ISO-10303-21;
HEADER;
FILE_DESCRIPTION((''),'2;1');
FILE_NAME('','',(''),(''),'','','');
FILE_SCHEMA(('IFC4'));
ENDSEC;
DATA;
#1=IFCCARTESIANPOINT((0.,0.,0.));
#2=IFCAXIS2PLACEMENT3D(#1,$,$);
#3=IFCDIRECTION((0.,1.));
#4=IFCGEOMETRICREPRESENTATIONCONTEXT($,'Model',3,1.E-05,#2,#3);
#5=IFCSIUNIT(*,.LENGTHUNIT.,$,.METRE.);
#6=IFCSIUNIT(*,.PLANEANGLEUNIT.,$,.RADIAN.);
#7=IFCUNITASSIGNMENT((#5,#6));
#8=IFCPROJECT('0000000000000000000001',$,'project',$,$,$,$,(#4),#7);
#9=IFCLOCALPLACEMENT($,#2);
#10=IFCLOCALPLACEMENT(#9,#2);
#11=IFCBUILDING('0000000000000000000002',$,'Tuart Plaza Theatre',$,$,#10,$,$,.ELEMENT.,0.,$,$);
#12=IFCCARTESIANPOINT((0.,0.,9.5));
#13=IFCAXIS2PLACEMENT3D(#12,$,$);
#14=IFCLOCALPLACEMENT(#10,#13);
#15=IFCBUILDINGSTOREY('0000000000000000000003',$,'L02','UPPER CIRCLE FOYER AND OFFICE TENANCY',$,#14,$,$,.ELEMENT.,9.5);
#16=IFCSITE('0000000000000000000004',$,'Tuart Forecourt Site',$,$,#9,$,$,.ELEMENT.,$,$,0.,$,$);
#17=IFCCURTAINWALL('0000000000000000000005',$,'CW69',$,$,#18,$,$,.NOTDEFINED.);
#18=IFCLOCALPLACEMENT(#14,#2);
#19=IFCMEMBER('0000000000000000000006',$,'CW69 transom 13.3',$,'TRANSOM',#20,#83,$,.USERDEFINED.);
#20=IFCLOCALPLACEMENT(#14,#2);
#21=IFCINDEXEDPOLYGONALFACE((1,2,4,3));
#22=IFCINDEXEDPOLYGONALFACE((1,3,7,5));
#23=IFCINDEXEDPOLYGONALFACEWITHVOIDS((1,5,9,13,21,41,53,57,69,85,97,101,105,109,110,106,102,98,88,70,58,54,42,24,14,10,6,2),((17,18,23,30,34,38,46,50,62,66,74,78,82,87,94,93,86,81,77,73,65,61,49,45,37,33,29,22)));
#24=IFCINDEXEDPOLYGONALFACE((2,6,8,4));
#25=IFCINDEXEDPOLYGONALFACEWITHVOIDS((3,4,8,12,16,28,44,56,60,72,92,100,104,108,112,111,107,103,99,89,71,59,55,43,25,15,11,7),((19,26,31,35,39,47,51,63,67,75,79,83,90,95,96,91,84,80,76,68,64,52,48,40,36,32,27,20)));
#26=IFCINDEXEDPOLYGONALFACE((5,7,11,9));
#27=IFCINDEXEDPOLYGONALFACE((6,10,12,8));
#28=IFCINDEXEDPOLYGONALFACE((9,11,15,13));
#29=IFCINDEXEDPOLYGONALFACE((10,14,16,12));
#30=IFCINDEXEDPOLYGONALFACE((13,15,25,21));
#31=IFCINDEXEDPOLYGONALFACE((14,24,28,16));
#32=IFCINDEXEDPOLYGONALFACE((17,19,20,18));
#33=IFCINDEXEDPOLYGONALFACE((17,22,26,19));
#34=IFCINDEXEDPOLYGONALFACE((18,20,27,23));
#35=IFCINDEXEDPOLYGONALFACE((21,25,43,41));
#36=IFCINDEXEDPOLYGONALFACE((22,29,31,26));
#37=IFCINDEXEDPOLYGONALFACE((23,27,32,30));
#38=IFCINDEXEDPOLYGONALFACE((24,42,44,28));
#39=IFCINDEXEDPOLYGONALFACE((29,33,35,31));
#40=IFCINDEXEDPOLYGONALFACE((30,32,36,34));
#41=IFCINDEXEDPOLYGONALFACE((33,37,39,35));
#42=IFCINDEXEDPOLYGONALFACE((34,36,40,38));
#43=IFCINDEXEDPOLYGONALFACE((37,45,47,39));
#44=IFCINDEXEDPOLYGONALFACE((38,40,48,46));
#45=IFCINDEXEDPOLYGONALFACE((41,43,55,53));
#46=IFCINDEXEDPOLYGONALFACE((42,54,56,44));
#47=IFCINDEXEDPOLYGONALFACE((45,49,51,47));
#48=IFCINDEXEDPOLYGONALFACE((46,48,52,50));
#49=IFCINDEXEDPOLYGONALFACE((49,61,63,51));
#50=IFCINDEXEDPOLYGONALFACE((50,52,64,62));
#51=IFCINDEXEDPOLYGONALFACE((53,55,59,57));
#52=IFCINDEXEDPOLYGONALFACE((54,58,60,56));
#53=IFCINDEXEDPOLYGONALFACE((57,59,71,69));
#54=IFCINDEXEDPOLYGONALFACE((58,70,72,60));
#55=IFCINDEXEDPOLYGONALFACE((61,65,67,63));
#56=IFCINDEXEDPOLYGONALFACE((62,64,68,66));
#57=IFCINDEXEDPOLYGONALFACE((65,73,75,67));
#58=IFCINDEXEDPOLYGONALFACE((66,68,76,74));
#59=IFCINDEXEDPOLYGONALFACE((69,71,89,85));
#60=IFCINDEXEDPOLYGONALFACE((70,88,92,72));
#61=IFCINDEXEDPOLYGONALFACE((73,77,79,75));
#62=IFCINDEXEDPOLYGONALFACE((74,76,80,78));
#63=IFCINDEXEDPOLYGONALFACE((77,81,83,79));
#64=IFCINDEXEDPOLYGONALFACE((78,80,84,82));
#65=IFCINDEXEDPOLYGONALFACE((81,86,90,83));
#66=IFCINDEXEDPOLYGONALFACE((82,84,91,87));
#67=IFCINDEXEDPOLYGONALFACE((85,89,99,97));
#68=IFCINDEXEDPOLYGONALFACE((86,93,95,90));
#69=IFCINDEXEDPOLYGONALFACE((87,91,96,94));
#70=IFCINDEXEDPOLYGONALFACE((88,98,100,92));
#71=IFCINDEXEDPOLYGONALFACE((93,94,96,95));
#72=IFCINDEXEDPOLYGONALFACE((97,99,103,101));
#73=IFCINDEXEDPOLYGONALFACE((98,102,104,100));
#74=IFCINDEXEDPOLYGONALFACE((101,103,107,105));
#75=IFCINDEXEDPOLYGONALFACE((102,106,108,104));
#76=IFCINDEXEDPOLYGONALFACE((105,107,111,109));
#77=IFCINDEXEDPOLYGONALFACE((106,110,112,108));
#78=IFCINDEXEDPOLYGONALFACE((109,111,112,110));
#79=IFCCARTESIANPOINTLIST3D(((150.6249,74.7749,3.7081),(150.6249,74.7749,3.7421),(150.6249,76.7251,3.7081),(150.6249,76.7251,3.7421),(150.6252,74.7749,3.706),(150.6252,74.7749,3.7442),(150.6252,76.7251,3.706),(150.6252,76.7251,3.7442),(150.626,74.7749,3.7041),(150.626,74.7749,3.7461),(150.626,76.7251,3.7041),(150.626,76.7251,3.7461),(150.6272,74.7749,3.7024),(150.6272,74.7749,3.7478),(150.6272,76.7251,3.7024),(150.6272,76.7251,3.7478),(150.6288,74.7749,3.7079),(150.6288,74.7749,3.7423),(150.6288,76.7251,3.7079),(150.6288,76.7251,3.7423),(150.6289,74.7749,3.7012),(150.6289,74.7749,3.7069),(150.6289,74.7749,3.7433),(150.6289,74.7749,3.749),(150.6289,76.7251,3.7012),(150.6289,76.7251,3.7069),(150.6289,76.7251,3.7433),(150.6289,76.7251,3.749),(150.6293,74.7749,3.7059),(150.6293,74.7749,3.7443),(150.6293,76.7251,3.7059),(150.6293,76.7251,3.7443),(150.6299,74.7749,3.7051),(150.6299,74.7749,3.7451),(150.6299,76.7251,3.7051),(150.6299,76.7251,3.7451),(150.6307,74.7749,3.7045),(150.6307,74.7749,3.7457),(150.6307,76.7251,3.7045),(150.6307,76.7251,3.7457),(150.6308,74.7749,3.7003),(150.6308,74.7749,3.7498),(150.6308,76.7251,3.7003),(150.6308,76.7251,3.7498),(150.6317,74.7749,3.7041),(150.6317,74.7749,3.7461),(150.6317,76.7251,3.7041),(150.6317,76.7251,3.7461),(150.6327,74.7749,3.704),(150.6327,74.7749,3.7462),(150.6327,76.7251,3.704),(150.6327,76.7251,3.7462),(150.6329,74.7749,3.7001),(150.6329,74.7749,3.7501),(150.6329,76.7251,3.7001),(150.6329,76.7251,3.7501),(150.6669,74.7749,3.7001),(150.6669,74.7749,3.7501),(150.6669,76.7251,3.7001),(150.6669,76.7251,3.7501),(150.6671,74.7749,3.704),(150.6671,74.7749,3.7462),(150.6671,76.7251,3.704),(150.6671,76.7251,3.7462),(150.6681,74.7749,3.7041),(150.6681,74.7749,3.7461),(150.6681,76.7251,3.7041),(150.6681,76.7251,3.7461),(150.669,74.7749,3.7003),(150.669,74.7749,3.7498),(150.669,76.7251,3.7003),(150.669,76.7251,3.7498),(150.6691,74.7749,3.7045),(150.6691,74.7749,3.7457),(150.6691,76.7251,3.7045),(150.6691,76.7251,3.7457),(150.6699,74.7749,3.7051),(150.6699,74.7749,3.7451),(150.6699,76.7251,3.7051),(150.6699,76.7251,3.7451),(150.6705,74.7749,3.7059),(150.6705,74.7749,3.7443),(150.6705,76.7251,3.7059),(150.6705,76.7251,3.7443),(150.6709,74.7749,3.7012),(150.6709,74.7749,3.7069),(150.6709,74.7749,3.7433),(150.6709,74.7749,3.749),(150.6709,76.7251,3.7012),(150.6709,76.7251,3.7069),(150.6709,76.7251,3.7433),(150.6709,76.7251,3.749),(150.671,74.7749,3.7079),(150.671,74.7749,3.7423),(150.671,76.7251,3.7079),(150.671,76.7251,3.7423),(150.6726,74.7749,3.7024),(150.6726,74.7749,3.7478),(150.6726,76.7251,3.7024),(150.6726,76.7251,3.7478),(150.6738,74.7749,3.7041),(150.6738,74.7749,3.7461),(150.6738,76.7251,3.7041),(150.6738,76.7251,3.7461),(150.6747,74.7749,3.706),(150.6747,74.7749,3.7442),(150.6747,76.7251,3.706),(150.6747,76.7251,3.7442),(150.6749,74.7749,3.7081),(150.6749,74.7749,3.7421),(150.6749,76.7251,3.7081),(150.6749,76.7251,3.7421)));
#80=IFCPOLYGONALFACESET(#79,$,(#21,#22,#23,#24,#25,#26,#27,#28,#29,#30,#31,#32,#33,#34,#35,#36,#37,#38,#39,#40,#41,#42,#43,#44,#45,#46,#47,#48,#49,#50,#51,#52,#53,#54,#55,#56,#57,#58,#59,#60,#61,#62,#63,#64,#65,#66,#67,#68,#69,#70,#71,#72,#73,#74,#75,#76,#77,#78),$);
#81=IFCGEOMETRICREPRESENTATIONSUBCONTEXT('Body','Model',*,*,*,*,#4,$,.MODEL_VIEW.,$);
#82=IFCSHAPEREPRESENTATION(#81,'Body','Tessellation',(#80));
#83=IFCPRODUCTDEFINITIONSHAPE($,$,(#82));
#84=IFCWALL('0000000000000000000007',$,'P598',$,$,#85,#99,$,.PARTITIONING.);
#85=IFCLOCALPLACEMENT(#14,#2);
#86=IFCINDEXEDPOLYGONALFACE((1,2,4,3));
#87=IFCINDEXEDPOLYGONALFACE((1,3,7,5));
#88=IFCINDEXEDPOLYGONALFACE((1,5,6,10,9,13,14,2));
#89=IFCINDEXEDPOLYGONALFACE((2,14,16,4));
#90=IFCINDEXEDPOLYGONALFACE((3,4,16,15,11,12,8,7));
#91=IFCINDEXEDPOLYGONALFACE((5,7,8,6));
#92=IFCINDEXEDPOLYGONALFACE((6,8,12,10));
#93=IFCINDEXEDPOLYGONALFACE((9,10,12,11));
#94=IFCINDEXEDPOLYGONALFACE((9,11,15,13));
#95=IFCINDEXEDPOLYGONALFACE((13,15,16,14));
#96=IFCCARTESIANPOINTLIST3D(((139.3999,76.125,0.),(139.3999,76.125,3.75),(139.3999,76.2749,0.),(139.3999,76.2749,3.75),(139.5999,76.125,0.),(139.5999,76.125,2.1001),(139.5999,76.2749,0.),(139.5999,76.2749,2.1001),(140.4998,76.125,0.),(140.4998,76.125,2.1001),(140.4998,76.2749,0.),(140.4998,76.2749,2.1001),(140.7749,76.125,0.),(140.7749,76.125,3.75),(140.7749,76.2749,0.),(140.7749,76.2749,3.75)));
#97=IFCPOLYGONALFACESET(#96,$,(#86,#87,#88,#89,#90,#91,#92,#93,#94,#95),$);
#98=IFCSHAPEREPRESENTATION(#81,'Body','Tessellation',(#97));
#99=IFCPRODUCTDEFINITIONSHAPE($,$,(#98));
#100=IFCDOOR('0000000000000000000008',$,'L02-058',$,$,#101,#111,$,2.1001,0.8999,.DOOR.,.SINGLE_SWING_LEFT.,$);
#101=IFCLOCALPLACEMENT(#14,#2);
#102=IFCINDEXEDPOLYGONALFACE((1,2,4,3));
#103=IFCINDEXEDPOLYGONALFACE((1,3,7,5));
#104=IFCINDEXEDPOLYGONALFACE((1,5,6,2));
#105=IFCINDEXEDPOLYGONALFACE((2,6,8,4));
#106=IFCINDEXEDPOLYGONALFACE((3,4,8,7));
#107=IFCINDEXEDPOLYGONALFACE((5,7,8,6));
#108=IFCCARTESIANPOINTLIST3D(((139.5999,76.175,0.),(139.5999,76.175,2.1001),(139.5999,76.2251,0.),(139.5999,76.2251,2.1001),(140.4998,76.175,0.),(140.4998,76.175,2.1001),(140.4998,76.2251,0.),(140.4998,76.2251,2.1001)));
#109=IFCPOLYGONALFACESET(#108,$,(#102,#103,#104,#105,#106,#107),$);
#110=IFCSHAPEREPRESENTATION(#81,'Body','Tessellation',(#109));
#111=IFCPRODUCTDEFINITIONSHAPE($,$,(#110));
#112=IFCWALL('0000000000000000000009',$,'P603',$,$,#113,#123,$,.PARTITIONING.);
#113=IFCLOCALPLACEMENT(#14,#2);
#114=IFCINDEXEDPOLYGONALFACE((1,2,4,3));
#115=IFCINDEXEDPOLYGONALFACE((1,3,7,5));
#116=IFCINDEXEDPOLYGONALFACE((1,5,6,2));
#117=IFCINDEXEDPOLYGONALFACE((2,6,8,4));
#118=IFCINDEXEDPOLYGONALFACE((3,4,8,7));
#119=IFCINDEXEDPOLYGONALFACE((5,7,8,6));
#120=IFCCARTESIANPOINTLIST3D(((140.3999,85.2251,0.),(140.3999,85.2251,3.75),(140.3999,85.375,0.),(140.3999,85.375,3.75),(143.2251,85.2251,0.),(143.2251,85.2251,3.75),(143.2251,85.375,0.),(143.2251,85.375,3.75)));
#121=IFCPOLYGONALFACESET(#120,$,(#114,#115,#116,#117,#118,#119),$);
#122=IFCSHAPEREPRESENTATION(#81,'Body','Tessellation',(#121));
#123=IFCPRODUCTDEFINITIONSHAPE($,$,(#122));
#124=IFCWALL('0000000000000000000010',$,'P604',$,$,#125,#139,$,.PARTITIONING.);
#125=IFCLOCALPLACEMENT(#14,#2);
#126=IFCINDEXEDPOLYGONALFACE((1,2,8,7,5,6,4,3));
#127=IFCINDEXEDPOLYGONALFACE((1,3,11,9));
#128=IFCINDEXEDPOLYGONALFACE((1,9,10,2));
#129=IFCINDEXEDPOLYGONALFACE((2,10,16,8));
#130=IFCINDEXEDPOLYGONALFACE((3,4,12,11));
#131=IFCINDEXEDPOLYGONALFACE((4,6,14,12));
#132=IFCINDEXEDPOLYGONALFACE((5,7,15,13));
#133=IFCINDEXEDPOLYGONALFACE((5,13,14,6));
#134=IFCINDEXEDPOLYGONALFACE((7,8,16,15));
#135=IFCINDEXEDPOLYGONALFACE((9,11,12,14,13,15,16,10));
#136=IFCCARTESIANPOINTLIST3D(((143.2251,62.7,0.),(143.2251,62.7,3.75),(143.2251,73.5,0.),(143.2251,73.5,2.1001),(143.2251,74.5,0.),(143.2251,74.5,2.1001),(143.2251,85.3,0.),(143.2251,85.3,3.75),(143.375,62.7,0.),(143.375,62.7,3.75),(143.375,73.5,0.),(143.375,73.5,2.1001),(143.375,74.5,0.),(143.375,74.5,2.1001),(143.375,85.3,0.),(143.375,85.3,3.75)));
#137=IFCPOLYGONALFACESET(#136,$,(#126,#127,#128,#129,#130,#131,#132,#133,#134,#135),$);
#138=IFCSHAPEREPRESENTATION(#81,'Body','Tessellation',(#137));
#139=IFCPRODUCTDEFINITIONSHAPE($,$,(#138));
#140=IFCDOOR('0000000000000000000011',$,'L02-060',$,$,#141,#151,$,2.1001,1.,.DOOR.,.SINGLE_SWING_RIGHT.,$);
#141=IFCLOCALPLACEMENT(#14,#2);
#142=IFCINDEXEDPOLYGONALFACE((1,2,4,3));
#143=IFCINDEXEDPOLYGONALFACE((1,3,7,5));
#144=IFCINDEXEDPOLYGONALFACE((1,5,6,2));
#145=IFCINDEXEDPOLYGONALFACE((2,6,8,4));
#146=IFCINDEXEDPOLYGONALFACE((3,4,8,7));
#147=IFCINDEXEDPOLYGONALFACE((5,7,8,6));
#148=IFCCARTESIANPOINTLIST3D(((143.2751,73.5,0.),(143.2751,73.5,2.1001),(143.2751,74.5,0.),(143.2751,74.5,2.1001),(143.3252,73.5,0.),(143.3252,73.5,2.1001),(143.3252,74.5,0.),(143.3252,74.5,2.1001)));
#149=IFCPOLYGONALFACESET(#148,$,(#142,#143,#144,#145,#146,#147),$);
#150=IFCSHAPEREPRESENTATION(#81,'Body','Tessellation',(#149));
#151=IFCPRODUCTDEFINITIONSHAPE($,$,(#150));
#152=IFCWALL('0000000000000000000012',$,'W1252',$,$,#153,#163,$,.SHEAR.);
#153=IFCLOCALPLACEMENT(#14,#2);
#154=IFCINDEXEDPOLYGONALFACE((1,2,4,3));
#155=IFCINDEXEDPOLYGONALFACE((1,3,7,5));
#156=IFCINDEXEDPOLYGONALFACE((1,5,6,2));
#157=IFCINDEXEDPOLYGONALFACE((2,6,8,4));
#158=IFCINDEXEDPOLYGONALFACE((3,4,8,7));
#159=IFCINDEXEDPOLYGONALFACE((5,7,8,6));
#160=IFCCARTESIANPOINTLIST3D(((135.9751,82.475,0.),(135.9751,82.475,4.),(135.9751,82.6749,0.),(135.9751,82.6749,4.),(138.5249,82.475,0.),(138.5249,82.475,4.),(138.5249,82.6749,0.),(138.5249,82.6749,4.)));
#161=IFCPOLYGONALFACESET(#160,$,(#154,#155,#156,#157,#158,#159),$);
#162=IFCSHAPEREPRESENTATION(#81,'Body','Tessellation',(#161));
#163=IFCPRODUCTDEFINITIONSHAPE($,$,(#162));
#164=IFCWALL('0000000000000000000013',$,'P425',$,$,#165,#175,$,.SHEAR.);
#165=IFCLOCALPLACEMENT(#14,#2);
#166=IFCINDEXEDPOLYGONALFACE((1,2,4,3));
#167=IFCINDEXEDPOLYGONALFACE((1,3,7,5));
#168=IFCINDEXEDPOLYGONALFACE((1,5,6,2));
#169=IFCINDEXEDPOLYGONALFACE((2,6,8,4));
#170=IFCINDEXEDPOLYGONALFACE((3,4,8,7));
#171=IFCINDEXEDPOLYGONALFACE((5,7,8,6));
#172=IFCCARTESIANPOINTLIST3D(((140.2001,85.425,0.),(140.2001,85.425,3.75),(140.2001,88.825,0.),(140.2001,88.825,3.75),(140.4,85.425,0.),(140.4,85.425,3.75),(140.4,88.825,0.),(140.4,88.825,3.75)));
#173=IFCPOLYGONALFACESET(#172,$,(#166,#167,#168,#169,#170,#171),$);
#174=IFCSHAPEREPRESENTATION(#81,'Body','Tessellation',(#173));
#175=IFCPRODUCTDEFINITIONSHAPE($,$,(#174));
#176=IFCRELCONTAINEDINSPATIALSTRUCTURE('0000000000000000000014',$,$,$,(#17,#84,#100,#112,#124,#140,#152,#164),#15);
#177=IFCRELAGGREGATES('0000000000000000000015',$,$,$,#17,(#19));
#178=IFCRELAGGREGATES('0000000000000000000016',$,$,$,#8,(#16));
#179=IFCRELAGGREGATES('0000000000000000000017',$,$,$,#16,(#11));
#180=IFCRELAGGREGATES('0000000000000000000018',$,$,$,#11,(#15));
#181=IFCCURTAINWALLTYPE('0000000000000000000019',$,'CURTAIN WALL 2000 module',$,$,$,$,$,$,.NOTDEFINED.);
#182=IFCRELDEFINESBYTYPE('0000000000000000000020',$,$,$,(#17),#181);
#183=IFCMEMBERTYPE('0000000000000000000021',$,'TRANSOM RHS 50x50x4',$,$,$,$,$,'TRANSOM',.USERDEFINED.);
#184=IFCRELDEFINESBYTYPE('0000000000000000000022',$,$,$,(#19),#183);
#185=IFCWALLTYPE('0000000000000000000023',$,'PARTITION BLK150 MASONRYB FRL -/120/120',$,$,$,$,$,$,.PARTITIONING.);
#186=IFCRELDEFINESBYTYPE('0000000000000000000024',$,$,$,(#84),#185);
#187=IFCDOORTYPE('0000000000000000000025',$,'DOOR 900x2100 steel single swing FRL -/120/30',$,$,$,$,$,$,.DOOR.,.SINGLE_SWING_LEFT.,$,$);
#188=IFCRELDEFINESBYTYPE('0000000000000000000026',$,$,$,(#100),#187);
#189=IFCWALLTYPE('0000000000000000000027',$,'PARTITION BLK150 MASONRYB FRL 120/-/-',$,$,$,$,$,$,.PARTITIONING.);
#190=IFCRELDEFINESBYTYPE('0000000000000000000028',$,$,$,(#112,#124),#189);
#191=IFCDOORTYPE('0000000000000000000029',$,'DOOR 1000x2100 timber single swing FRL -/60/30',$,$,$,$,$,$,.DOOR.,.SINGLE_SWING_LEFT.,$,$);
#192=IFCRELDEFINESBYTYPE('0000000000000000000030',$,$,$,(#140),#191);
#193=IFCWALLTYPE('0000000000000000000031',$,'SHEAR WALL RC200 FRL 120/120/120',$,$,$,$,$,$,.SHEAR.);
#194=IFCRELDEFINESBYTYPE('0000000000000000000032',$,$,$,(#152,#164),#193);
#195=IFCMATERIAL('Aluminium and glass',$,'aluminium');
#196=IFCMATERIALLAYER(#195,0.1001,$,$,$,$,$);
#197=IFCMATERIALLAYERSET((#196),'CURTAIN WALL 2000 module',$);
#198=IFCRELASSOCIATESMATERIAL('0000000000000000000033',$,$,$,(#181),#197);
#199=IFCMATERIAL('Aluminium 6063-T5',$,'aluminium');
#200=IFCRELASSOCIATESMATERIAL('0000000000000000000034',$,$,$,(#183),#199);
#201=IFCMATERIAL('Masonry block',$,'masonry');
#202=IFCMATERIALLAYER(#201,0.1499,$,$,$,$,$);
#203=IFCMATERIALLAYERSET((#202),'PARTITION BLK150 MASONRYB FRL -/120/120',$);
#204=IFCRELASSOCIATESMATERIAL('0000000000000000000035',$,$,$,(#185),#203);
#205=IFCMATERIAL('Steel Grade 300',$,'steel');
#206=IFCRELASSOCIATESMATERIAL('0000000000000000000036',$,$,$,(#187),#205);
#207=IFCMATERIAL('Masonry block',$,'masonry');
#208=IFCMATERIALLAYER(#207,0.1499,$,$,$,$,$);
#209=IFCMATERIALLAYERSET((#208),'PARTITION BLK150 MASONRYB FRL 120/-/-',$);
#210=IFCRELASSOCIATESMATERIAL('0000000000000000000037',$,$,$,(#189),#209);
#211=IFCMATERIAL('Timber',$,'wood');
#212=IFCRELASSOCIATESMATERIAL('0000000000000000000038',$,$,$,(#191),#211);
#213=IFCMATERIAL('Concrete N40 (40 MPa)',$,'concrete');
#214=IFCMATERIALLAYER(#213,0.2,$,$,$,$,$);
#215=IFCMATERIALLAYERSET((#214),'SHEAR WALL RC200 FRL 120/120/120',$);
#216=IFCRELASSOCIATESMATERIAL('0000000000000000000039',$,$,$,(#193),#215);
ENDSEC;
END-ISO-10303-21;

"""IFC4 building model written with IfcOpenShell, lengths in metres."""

from ifc_helpers import new_model, si_unit, direction, frame, frame_2d, origin, origin_2d, place, context, subcontext, project, spatial, rectangle, hollow_rectangle, extrude, material, layer, layer_set, material_profile, profile_set, type_object, element, fill, aggregate, save


model = new_model("IFC4")

# Units and contexts
model_context = context("Model", 3, precision=1e-05, world=origin(), true_north=direction((0.0, 1.0)))
body_context = subcontext(model_context, "Body", "Model", "MODEL_VIEW")
ifc_project = project(units=[si_unit("LENGTHUNIT", "METRE"), si_unit("PLANEANGLEUNIT", "RADIAN")], contexts=[model_context])

# Site, building, storey
site_placement = place(None, origin())
site = spatial("IfcSite", under=ifc_project, at=site_placement, Name="Tuart Forecourt Site", CompositionType="ELEMENT", RefElevation=0.0)
building_placement = place(site_placement, origin())
building = spatial("IfcBuilding", under=site, at=building_placement, Name="Tuart Plaza Theatre", CompositionType="ELEMENT", ElevationOfRefHeight=0.0)
storey_placement = place(building_placement, frame((0.0, 0.0, 9.5)))
storey = spatial("IfcBuildingStorey", under=building, at=storey_placement, Name="L02", Description="UPPER CIRCLE FOYER AND OFFICE TENANCY", CompositionType="ELEMENT", Elevation=9.5)

# Curtain wall, member
ifc_material_1 = material(Name="Aluminium and glass", Category="aluminium")
ifc_layer_1 = layer(ifc_material_1, 0.1001)
ifc_layer_set_1 = layer_set([ifc_layer_1], Name="CURTAIN WALL 2000 module")
curtain_wall_type = type_object("IfcCurtainWallType", Name="CURTAIN WALL 2000 module", PredefinedType="NOTDEFINED", material=ifc_layer_set_1)
curtain_wall_placement = place(storey_placement, origin())
curtain_wall = element("IfcCurtainWall", 1, at=curtain_wall_placement, inside=storey, type_object=curtain_wall_type, Name="CW69", PredefinedType="NOTDEFINED")
ifc_material_2 = material(Name="Aluminium 6063-T5", Category="aluminium")
ifc_material_profile_1 = material_profile(ifc_material_2, hollow_rectangle(XDim=0.05, YDim=0.05, WallThickness=0.0039, InnerFilletRadius=0.0039, OuterFilletRadius=0.0081, at=origin_2d()), Name="RHS 50x50x4")
ifc_profile_set_1 = profile_set([ifc_material_profile_1], Name="Aluminium 6063-T5")
member_type_1 = type_object("IfcMemberType", Name="TRANSOM RHS 50x50x4", ElementType="TRANSOM", PredefinedType="USERDEFINED", material=ifc_profile_set_1)
member_1_placement = place(storey_placement, frame((150.6499, 74.7749, 3.7251), z_axis=(0.0, 1.0, 0.0), x_axis=(-1.0, 0.0, 0.0)))
member_1 = element("IfcMember", 2, at=member_1_placement, type_object=member_type_1, Name="CW69 transom 13.3", ObjectType="TRANSOM", PredefinedType="USERDEFINED", context=body_context, shape_type="SweptSolid", body=[
    extrude(hollow_rectangle(XDim=0.05, YDim=0.05, WallThickness=0.0039, InnerFilletRadius=0.0039, OuterFilletRadius=0.0081, at=origin_2d()), origin(), (0.0, 0.0, 1.0), 1.9502),
])
aggregate(curtain_wall, [member_1])

# Wall, opening, door
ifc_material_3 = material(Name="Masonry block", Category="masonry")
ifc_layer_2 = layer(ifc_material_3, 0.1499)
ifc_layer_set_2 = layer_set([ifc_layer_2], Name="PARTITION BLK150 MASONRYB FRL -/120/120")
wall_type_1 = type_object("IfcWallType", Name="PARTITION BLK150 MASONRYB FRL -/120/120", PredefinedType="PARTITIONING", material=ifc_layer_set_2)
wall_1_placement = place(storey_placement, frame((139.3999, 76.2, 0.0), z_axis=(0.0, 0.0, 1.0), x_axis=(1.0, 0.0, 0.0)))
wall_1 = element("IfcWall", 3, at=wall_1_placement, inside=storey, type_object=wall_type_1, Name="P598", PredefinedType="PARTITIONING", context=body_context, shape_type="SweptSolid", body=[
    extrude(rectangle(XDim=1.375, YDim=0.1499, at=frame_2d((0.6875, 0.0))), origin(), (0.0, 0.0, 1.0), 3.75),
])
opening_1_placement = place(wall_1_placement, frame((0.2, 0.0, 0.0)))
opening_1 = element("IfcOpeningElement", 4, at=opening_1_placement, cuts=wall_1, PredefinedType="OPENING", context=body_context, shape_type="SweptSolid", body=[
    extrude(rectangle(XDim=0.8999, YDim=2.1001, at=frame_2d((0.45, 1.05))), frame((0.0, 0.085, 0.0), z_axis=(0.0, -1.0, 0.0), x_axis=(1.0, 0.0, 0.0)), (0.0, 0.0, 1.0), 0.1699),
])
ifc_material_4 = material(Name="Steel Grade 300", Category="steel")
door_type_1 = type_object("IfcDoorType", Name="DOOR 900x2100 steel single swing FRL -/120/30", OperationType="SINGLE_SWING_LEFT", PredefinedType="DOOR", material=ifc_material_4)
door_1_placement = place(opening_1_placement, frame((0.8999, 0.0, 0.0), z_axis=(0.0, 0.0, 1.0), x_axis=(-1.0, 0.0, 0.0)))
door_1 = element("IfcDoor", 5, at=door_1_placement, inside=storey, type_object=door_type_1, Name="L02-058", OperationType="SINGLE_SWING_LEFT", OverallHeight=2.1001, OverallWidth=0.8999, PredefinedType="DOOR", context=body_context, shape_type="SweptSolid", body=[
    extrude(rectangle(XDim=0.8999, YDim=2.1001, at=frame_2d((0.45, 1.05))), frame((0.0, 0.0249, 0.0), z_axis=(0.0, -1.0, 0.0), x_axis=(1.0, 0.0, 0.0)), (0.0, 0.0, 1.0), 0.05),
])
fill(opening_1, door_1)

# Wall
ifc_material_5 = material(Name="Masonry block", Category="masonry")
ifc_layer_3 = layer(ifc_material_5, 0.1499)
ifc_layer_set_3 = layer_set([ifc_layer_3], Name="PARTITION BLK150 MASONRYB FRL 120/-/-")
wall_type_2 = type_object("IfcWallType", Name="PARTITION BLK150 MASONRYB FRL 120/-/-", PredefinedType="PARTITIONING", material=ifc_layer_set_3)
wall_2_placement = place(storey_placement, frame((140.3999, 85.3, 0.0), z_axis=(0.0, 0.0, 1.0), x_axis=(1.0, 0.0, 0.0)))
element("IfcWall", 6, at=wall_2_placement, inside=storey, type_object=wall_type_2, Name="P603", PredefinedType="PARTITIONING", context=body_context, shape_type="SweptSolid", body=[
    extrude(rectangle(XDim=2.8252, YDim=0.1499, at=frame_2d((1.4126, 0.0))), origin(), (0.0, 0.0, 1.0), 3.75),
])

# Wall, opening, door
wall_3_placement = place(storey_placement, frame((143.3, 85.3, 0.0), z_axis=(0.0, 0.0, 1.0), x_axis=(0.0, -1.0, 0.0)))
wall_3 = element("IfcWall", 7, at=wall_3_placement, inside=storey, type_object=wall_type_2, Name="P604", PredefinedType="PARTITIONING", context=body_context, shape_type="SweptSolid", body=[
    extrude(rectangle(XDim=22.6001, YDim=0.1499, at=frame_2d((11.3, 0.0))), origin(), (0.0, 0.0, 1.0), 3.75),
])
opening_2_placement = place(wall_3_placement, frame((10.8, 0.0, 0.0)))
opening_2 = element("IfcOpeningElement", 8, at=opening_2_placement, cuts=wall_3, PredefinedType="OPENING", context=body_context, shape_type="SweptSolid", body=[
    extrude(rectangle(XDim=1.0, YDim=2.1001, at=frame_2d((0.5, 1.05))), frame((0.0, 0.085, 0.0), z_axis=(0.0, -1.0, 0.0), x_axis=(1.0, 0.0, 0.0)), (0.0, 0.0, 1.0), 0.1699),
])
ifc_material_6 = material(Name="Timber", Category="wood")
door_type_2 = type_object("IfcDoorType", Name="DOOR 1000x2100 timber single swing FRL -/60/30", OperationType="SINGLE_SWING_LEFT", PredefinedType="DOOR", material=ifc_material_6)
door_2_placement = place(opening_2_placement, frame((1.0, 0.0, 0.0), z_axis=(0.0, 0.0, 1.0), x_axis=(-1.0, 0.0, 0.0)))
door_2 = element("IfcDoor", 9, at=door_2_placement, inside=storey, type_object=door_type_2, Name="L02-060", OperationType="SINGLE_SWING_RIGHT", OverallHeight=2.1001, OverallWidth=1.0, PredefinedType="DOOR", context=body_context, shape_type="SweptSolid", body=[
    extrude(rectangle(XDim=1.0, YDim=2.1001, at=frame_2d((0.5, 1.05))), frame((0.0, 0.0249, 0.0), z_axis=(0.0, -1.0, 0.0), x_axis=(1.0, 0.0, 0.0)), (0.0, 0.0, 1.0), 0.05),
])
fill(opening_2, door_2)

# Walls
ifc_material_7 = material(Name="Concrete N40 (40 MPa)", Category="concrete")
ifc_layer_4 = layer(ifc_material_7, 0.2)
ifc_layer_set_4 = layer_set([ifc_layer_4], Name="SHEAR WALL RC200 FRL 120/120/120")
wall_type_3 = type_object("IfcWallType", Name="SHEAR WALL RC200 FRL 120/120/120", PredefinedType="SHEAR", material=ifc_layer_set_4)
wall_4_placement = place(storey_placement, frame((138.5249, 82.575, 0.0), z_axis=(0.0, 0.0, 1.0), x_axis=(-1.0, 0.0, 0.0)))
element("IfcWall", 10, at=wall_4_placement, inside=storey, type_object=wall_type_3, Name="W1252", PredefinedType="SHEAR", context=body_context, shape_type="SweptSolid", body=[
    extrude(rectangle(XDim=2.5498, YDim=0.2, at=frame_2d((1.2749, 0.0))), origin(), (0.0, 0.0, 1.0), 4.0),
])
wall_5_placement = place(storey_placement, frame((140.3, 85.425, 0.0), z_axis=(0.0, 0.0, 1.0), x_axis=(0.0, 1.0, 0.0)))
element("IfcWall", 11, at=wall_5_placement, inside=storey, type_object=wall_type_3, Name="P425", PredefinedType="SHEAR", context=body_context, shape_type="SweptSolid", body=[
    extrude(rectangle(XDim=3.3999, YDim=0.2, at=frame_2d((1.7, 0.0))), origin(), (0.0, 0.0, 1.0), 3.75),
])

save(model, "model.ifc")
